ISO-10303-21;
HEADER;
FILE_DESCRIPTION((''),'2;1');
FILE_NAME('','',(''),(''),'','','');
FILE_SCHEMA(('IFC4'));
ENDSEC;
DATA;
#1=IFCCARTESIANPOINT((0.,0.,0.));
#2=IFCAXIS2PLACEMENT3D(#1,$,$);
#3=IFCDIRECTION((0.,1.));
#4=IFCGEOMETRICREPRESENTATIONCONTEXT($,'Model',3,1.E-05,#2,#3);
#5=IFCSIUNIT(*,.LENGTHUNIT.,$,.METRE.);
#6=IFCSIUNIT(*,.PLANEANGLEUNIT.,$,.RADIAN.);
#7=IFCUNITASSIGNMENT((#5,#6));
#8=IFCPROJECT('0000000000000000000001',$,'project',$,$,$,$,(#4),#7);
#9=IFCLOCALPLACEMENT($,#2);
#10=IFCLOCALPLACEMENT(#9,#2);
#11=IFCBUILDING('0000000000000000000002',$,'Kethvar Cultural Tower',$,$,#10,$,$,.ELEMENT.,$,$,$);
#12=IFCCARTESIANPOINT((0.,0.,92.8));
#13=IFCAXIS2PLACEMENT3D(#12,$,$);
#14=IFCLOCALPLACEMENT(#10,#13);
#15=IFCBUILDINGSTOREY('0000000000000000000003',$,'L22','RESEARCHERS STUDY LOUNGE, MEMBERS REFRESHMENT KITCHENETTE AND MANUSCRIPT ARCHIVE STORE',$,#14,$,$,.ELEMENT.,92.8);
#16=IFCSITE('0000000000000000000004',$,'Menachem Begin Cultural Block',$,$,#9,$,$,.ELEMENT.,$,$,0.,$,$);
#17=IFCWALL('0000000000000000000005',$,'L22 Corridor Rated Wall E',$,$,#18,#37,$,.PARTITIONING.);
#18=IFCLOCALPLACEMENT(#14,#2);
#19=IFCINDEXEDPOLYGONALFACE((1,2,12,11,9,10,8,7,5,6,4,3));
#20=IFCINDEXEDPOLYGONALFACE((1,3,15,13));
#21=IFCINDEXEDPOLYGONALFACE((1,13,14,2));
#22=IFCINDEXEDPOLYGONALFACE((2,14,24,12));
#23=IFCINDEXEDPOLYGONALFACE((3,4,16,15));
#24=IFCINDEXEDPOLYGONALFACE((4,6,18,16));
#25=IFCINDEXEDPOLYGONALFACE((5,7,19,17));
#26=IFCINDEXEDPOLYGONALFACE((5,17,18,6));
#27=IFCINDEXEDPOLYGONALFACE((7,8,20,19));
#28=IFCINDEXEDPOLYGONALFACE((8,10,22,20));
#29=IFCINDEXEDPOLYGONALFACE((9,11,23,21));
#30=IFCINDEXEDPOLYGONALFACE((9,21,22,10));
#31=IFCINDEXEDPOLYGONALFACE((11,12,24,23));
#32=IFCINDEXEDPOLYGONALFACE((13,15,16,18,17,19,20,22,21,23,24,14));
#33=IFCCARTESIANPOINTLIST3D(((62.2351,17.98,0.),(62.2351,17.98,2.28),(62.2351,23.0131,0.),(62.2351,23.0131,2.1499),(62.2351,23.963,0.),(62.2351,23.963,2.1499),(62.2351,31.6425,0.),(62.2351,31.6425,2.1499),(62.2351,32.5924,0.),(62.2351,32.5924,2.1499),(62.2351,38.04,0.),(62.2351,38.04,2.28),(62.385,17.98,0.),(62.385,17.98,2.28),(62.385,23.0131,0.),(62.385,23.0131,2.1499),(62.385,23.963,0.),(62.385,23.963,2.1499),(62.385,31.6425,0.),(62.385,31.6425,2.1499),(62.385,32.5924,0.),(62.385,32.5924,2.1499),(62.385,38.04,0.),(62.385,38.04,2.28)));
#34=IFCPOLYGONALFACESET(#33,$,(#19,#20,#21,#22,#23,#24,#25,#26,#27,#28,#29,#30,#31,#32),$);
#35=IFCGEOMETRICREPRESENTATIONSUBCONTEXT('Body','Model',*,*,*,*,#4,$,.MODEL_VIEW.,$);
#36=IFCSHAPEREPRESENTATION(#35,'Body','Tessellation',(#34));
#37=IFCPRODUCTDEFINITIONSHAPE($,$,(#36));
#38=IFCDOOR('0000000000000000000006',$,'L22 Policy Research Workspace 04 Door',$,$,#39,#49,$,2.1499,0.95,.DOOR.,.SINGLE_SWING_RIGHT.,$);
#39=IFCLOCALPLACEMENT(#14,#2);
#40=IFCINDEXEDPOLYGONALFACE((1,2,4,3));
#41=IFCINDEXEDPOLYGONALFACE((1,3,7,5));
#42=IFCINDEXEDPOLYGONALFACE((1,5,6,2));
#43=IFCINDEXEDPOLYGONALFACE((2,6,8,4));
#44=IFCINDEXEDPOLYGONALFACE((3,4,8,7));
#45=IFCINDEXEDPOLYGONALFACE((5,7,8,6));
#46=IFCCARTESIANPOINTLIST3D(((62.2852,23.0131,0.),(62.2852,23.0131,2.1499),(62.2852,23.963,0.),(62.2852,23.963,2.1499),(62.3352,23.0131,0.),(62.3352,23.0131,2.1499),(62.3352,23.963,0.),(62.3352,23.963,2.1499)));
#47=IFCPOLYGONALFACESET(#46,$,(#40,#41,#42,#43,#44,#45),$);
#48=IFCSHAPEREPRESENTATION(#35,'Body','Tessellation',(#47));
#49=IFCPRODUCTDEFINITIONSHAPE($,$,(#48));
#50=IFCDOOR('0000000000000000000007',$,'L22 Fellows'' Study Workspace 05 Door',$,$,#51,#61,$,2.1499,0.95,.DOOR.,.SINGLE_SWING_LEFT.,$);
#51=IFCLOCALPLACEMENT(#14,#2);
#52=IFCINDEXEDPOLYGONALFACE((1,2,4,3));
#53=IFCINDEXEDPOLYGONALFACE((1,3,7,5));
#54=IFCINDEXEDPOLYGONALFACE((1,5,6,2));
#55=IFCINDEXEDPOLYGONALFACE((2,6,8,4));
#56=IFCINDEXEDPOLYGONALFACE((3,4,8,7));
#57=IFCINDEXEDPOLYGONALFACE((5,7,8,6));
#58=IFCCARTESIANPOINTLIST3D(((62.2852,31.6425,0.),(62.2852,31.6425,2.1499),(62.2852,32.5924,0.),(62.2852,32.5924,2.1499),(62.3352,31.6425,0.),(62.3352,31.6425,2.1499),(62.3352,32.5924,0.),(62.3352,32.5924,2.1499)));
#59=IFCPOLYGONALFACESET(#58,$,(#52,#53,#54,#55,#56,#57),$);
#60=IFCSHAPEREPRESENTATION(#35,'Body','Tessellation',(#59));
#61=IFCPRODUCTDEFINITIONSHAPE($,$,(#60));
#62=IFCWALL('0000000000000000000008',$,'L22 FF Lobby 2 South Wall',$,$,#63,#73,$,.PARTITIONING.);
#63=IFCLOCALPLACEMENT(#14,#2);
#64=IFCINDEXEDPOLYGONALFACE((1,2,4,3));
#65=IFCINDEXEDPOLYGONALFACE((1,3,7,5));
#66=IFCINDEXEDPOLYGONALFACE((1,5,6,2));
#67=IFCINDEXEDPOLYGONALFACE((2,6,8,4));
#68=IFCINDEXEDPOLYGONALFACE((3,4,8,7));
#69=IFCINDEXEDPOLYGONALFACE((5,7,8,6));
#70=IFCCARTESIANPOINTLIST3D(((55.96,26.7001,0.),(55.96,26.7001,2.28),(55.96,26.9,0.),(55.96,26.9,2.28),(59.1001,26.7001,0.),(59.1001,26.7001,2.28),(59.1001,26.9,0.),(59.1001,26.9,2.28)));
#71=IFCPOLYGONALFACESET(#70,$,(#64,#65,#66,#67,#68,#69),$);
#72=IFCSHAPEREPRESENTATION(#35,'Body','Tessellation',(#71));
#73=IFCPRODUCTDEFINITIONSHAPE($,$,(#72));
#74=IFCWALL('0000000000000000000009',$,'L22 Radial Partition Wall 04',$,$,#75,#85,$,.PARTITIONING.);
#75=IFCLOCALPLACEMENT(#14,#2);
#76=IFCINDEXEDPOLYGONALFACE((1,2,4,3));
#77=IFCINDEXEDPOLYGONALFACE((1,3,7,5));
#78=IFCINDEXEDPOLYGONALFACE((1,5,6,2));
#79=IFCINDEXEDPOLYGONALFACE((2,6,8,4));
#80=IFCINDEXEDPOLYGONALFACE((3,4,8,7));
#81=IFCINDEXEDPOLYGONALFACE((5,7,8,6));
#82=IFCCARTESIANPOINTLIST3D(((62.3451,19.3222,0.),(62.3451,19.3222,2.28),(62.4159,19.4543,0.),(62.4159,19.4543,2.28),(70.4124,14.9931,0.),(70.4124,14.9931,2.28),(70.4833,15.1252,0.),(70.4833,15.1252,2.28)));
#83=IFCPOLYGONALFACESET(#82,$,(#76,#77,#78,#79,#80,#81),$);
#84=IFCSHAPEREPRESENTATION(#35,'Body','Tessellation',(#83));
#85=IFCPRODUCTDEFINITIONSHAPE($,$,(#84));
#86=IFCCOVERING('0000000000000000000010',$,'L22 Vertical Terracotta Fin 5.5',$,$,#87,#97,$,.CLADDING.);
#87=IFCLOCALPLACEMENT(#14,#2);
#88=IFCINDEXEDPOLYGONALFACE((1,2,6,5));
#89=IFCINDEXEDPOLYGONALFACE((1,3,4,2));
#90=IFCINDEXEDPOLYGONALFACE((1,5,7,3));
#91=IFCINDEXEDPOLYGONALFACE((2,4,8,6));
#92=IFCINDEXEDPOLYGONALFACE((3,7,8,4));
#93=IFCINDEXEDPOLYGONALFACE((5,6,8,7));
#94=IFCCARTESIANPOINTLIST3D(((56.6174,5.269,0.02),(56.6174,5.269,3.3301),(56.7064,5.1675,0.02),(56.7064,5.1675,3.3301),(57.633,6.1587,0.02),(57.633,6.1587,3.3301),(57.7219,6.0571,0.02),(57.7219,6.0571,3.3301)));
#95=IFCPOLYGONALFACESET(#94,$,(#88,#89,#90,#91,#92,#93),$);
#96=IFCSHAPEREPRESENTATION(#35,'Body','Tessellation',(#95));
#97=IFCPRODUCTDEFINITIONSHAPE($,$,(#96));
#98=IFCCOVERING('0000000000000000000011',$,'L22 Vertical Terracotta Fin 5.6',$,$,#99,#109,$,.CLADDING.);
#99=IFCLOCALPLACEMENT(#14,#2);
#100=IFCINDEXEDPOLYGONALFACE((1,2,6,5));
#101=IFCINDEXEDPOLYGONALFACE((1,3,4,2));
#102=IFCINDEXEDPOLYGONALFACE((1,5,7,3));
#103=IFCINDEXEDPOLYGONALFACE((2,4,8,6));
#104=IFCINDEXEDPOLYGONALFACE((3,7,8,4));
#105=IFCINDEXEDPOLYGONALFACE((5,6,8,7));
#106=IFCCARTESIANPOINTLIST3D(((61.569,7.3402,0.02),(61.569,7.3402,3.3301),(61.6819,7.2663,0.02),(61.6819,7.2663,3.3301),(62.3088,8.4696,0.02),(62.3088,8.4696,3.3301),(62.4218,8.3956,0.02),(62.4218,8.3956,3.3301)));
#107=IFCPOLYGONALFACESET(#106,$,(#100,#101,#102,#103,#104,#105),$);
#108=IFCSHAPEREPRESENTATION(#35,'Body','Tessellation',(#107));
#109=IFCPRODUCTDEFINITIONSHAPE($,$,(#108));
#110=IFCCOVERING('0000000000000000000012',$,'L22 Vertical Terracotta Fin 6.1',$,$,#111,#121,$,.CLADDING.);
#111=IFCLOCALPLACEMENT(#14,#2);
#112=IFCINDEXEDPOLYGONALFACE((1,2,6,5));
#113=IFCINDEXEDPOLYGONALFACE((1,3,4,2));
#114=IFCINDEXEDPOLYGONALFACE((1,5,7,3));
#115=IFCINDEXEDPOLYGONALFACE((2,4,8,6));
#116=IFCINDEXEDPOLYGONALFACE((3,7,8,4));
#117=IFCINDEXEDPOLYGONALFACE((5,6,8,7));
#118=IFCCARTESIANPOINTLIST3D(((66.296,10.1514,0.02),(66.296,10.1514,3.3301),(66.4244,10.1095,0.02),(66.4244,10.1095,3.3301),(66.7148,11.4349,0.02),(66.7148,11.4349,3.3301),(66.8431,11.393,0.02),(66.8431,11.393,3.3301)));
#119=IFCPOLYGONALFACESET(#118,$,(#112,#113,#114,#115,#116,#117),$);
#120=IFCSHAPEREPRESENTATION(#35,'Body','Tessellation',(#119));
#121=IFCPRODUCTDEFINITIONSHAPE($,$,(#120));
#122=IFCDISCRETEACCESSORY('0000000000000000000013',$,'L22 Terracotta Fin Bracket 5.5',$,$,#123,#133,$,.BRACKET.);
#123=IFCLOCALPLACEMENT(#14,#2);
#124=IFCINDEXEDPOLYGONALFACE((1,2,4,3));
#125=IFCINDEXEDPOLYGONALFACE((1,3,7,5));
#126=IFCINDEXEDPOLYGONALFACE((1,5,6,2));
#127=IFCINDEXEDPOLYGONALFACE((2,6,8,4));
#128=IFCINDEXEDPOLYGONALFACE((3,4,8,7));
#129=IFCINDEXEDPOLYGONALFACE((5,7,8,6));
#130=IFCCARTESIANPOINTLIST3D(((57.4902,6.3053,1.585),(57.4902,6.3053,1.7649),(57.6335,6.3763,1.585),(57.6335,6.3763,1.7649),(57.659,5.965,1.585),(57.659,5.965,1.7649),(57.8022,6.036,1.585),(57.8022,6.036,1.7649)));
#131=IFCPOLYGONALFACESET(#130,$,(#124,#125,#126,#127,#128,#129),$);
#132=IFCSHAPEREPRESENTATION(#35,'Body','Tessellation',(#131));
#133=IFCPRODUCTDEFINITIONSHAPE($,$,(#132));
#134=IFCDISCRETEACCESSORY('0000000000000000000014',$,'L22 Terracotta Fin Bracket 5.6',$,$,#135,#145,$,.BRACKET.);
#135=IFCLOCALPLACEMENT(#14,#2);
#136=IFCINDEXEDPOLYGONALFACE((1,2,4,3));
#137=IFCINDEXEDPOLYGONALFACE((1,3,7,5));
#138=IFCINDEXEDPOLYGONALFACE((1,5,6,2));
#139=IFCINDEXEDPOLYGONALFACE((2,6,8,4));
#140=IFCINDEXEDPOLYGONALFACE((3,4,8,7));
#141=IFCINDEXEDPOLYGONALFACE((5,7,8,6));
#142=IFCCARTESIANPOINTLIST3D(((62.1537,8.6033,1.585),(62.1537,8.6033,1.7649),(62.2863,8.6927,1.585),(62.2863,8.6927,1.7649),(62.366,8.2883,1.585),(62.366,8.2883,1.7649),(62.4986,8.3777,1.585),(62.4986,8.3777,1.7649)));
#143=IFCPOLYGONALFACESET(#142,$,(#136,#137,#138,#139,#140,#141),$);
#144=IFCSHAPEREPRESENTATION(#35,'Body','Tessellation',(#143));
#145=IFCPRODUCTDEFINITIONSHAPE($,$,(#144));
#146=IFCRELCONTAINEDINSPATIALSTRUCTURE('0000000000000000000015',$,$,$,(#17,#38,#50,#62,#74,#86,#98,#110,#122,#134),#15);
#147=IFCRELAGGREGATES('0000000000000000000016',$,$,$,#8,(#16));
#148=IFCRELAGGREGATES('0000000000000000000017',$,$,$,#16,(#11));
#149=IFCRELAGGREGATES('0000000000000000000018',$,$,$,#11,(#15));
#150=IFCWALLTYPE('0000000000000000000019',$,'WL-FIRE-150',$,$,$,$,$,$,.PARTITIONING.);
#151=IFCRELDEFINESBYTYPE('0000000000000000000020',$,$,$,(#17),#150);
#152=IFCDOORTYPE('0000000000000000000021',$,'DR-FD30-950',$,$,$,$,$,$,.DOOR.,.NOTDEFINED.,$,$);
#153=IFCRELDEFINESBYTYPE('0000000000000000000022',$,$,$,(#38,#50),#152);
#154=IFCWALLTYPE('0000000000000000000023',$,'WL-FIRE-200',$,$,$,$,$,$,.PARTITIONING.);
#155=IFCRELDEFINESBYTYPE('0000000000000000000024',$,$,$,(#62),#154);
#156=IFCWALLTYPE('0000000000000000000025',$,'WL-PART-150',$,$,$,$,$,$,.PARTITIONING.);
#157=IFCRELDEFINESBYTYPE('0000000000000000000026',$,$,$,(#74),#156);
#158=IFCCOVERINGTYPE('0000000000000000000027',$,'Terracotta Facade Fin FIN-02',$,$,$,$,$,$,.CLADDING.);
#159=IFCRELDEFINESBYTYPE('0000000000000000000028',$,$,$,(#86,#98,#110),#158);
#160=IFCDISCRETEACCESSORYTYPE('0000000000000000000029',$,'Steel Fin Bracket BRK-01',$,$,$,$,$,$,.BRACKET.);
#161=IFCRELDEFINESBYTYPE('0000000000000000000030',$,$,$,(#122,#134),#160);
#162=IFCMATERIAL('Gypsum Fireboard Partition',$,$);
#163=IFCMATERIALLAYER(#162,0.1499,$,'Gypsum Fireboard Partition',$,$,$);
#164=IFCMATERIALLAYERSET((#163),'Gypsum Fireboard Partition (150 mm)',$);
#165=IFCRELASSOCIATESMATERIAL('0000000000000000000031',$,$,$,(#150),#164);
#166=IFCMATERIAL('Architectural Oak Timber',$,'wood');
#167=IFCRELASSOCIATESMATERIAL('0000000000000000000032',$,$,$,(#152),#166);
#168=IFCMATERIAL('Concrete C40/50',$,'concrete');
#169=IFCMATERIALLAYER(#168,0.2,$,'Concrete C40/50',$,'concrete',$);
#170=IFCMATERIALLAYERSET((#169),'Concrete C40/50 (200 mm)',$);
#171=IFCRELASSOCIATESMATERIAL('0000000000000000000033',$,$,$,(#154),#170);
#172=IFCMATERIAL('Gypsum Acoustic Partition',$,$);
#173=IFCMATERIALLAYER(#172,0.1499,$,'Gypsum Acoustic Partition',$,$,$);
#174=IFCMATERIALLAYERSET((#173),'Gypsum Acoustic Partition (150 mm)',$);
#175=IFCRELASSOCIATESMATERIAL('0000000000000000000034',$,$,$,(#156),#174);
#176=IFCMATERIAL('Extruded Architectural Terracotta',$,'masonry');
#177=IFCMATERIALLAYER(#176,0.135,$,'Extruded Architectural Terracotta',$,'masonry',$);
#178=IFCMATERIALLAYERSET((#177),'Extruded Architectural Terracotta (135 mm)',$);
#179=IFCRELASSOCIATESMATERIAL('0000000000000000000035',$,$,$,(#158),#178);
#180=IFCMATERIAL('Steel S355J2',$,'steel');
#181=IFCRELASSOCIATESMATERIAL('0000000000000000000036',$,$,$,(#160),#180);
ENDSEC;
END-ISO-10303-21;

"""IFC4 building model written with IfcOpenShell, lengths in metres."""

from ifc_helpers import new_model, si_unit, direction, frame, frame_2d, origin, origin_2d, place, context, subcontext, project, spatial, rectangle, extrude, source, transform, mapped, material, layer, layer_set, type_object, element, fill, save


model = new_model("IFC4")

# Units and contexts
model_context = context("Model", 3, precision=1e-05, world=origin(), true_north=direction((0.0, 1.0)))
body_context = subcontext(model_context, "Body", "Model", "MODEL_VIEW")
ifc_project = project(units=[si_unit("LENGTHUNIT", "METRE"), si_unit("PLANEANGLEUNIT", "RADIAN")], contexts=[model_context])

# Site, building, storey
site_placement = place(None, origin())
site = spatial("IfcSite", under=ifc_project, at=site_placement, Name="Menachem Begin Cultural Block", CompositionType="ELEMENT", RefElevation=0.0)
building_placement = place(site_placement, origin())
building = spatial("IfcBuilding", under=site, at=building_placement, Name="Kethvar Cultural Tower", CompositionType="ELEMENT")
storey_placement = place(building_placement, frame((0.0, 0.0, 92.8)))
storey = spatial("IfcBuildingStorey", under=building, at=storey_placement, Name="L22", Description="RESEARCHERS STUDY LOUNGE, MEMBERS REFRESHMENT KITCHENETTE AND MANUSCRIPT ARCHIVE STORE", CompositionType="ELEMENT", Elevation=92.8)

# Shared definitions
ifc_material_1 = material(Name="Steel S355J2", Category="steel")

# Wall, openings, doors
ifc_material_2 = material(Name="Gypsum Fireboard Partition")
ifc_layer_1 = layer(ifc_material_2, 0.1499, Name="Gypsum Fireboard Partition")
ifc_layer_set_1 = layer_set([ifc_layer_1], Name="Gypsum Fireboard Partition (150 mm)")
wall_type_1 = type_object("IfcWallType", Name="WL-FIRE-150", PredefinedType="PARTITIONING", material=ifc_layer_set_1)
wall_1_placement = place(storey_placement, frame((62.3101, 17.98, 0.0), z_axis=(0.0, 0.0, 1.0), x_axis=(0.0, 1.0, 0.0)))
wall_1 = element("IfcWall", 1, at=wall_1_placement, inside=storey, type_object=wall_type_1, Name="L22 Corridor Rated Wall E", PredefinedType="PARTITIONING", context=body_context, shape_type="SweptSolid", body=[
    extrude(rectangle(XDim=20.0601, YDim=0.1499, at=frame_2d((10.03, 0.0))), origin(), (0.0, 0.0, 1.0), 2.28),
])
opening_1_placement = place(wall_1_placement, frame((5.033, 0.0, 0.0)))
opening_1 = element("IfcOpeningElement", 2, at=opening_1_placement, cuts=wall_1, PredefinedType="OPENING", context=body_context, shape_type="SweptSolid", body=[
    extrude(rectangle(XDim=0.95, YDim=2.1499, at=frame_2d((0.4751, 1.075))), frame((0.0, 0.085, 0.0), z_axis=(0.0, -1.0, 0.0), x_axis=(1.0, 0.0, 0.0)), (0.0, 0.0, 1.0), 0.1699),
])
opening_2_placement = place(wall_1_placement, frame((13.6624, 0.0, 0.0)))
opening_2 = element("IfcOpeningElement", 3, at=opening_2_placement, cuts=wall_1, PredefinedType="OPENING", context=body_context, shape_type="SweptSolid", body=[
    extrude(rectangle(XDim=0.95, YDim=2.1499, at=frame_2d((0.4751, 1.075))), frame((0.0, 0.085, 0.0), z_axis=(0.0, -1.0, 0.0), x_axis=(1.0, 0.0, 0.0)), (0.0, 0.0, 1.0), 0.1699),
])
ifc_material_3 = material(Name="Architectural Oak Timber", Category="wood")
door_type_1 = type_object("IfcDoorType", Name="DR-FD30-950", OperationType="NOTDEFINED", PredefinedType="DOOR", material=ifc_material_3)
shared_shape_1 = source(origin(), body_context, "Body", "SweptSolid", [
    extrude(rectangle(XDim=0.95, YDim=2.1499, at=frame_2d((0.4751, 1.075))), frame((0.0, 0.0249, 0.0), z_axis=(0.0, -1.0, 0.0), x_axis=(1.0, 0.0, 0.0)), (0.0, 0.0, 1.0), 0.05),
])
door_1_placement = place(opening_1_placement, origin())
door_1 = element("IfcDoor", 4, at=door_1_placement, inside=storey, type_object=door_type_1, Name="L22 Policy Research Workspace 04 Door", OperationType="SINGLE_SWING_RIGHT", OverallHeight=2.1499, OverallWidth=0.95, PredefinedType="DOOR", context=body_context, shape_type="MappedRepresentation", body=[
    mapped(shared_shape_1, transform((0.0, 0.0, 0.0), scale=1.0)),
])
fill(opening_1, door_1)
door_2_placement = place(opening_2_placement, origin())
door_2 = element("IfcDoor", 5, at=door_2_placement, inside=storey, type_object=door_type_1, Name="L22 Fellows' Study Workspace 05 Door", OperationType="SINGLE_SWING_LEFT", OverallHeight=2.1499, OverallWidth=0.95, PredefinedType="DOOR", context=body_context, shape_type="MappedRepresentation", body=[
    mapped(shared_shape_1, transform((0.0, 0.0, 0.0), scale=1.0)),
])
fill(opening_2, door_2)

# Shared definitions
ifc_material_4 = material(Name="Concrete C40/50", Category="concrete")
ifc_layer_2 = layer(ifc_material_4, 0.2, Name="Concrete C40/50", Category="concrete")
ifc_layer_set_2 = layer_set([ifc_layer_2], Name="Concrete C40/50 (200 mm)")
wall_type_2 = type_object("IfcWallType", Name="WL-FIRE-200", PredefinedType="PARTITIONING", material=ifc_layer_set_2)

# Walls
wall_2_placement = place(storey_placement, frame((55.96, 26.8, 0.0), z_axis=(0.0, 0.0, 1.0), x_axis=(1.0, 0.0, 0.0)))
element("IfcWall", 6, at=wall_2_placement, inside=storey, type_object=wall_type_2, Name="L22 FF Lobby 2 South Wall", PredefinedType="PARTITIONING", context=body_context, shape_type="SweptSolid", body=[
    extrude(rectangle(XDim=3.1401, YDim=0.2, at=frame_2d((1.5701, 0.0))), origin(), (0.0, 0.0, 1.0), 2.28),
])
ifc_material_5 = material(Name="Gypsum Acoustic Partition")
ifc_layer_3 = layer(ifc_material_5, 0.1499, Name="Gypsum Acoustic Partition")
ifc_layer_set_3 = layer_set([ifc_layer_3], Name="Gypsum Acoustic Partition (150 mm)")
wall_type_3 = type_object("IfcWallType", Name="WL-PART-150", PredefinedType="PARTITIONING", material=ifc_layer_set_3)
wall_3_placement = place(storey_placement, frame((62.3806, 19.3882, 0.0), z_axis=(0.0, 0.0, 1.0), x_axis=(0.881148, -0.47284, 0.0)))
element("IfcWall", 7, at=wall_3_placement, inside=storey, type_object=wall_type_3, Name="L22 Radial Partition Wall 04", PredefinedType="PARTITIONING", context=body_context, shape_type="SweptSolid", body=[
    extrude(rectangle(XDim=9.1555, YDim=0.1499, at=frame_2d((4.5776, 0.0))), origin(), (0.0, 0.0, 1.0), 2.28),
])

# Coverings
ifc_material_6 = material(Name="Extruded Architectural Terracotta", Category="masonry")
ifc_layer_4 = layer(ifc_material_6, 0.135, Name="Extruded Architectural Terracotta", Category="masonry")
ifc_layer_set_4 = layer_set([ifc_layer_4], Name="Extruded Architectural Terracotta (135 mm)")
covering_type = type_object("IfcCoveringType", Name="Terracotta Facade Fin FIN-02", PredefinedType="CLADDING", material=ifc_layer_set_4)
shared_shape_2 = source(origin(), body_context, "Body", "SweptSolid", [
    extrude(rectangle(XDim=1.3501, YDim=0.135, at=origin_2d()), origin(), (0.0, 0.0, 1.0), 3.3101),
])
for number, where, z_axis, x_axis, name in (
    (8, (57.1697, 5.6631, 0.02), (0.0, 0.0, 1.0), (-0.752185, -0.658952, 0.0), "L22 Vertical Terracotta Fin 5.5"),
    (9, (61.9954, 7.8679, 0.02), (0.0, 0.0, 1.0), (-0.548001, -0.836477, 0.0), "L22 Vertical Terracotta Fin 5.6"),
    (10, (66.5696, 10.7722, 0.02), (0.0, 0.0, 1.0), (-0.310179, -0.950678, 0.0), "L22 Vertical Terracotta Fin 6.1"),
):
    element("IfcCovering", number, at=place(storey_placement, frame(where, z_axis=z_axis, x_axis=x_axis)), inside=storey, type_object=covering_type, Name=name, PredefinedType="CLADDING", context=body_context, shape_type="MappedRepresentation", body=[
        mapped(shared_shape_2, transform((0.0, 0.0, 0.0), scale=1.0)),
    ])

# Discrete accessories
discrete_accessory_type = type_object("IfcDiscreteAccessoryType", Name="Steel Fin Bracket BRK-01", PredefinedType="BRACKET", material=ifc_material_1)
shared_shape_3 = source(origin(), body_context, "Body", "SweptSolid", [
    extrude(rectangle(XDim=0.3799, YDim=0.1599, at=origin_2d()), origin(), (0.0, 0.0, 1.0), 0.1799),
])
for number, where, z_axis, x_axis, name in (
    (11, (57.6462, 6.1707, 1.585), (0.0, 0.0, 1.0), (0.444166, -0.895944, 0.0), "L22 Terracotta Fin Bracket 5.5"),
    (12, (62.3262, 8.4905, 1.585), (0.0, 0.0, 1.0), (0.558903, -0.829233, 0.0), "L22 Terracotta Fin Bracket 5.6"),
):
    element("IfcDiscreteAccessory", number, at=place(storey_placement, frame(where, z_axis=z_axis, x_axis=x_axis)), inside=storey, type_object=discrete_accessory_type, Name=name, PredefinedType="BRACKET", context=body_context, shape_type="MappedRepresentation", body=[
        mapped(shared_shape_3, transform((0.0, 0.0, 0.0), scale=1.0)),
    ])

save(model, "model.ifc")
